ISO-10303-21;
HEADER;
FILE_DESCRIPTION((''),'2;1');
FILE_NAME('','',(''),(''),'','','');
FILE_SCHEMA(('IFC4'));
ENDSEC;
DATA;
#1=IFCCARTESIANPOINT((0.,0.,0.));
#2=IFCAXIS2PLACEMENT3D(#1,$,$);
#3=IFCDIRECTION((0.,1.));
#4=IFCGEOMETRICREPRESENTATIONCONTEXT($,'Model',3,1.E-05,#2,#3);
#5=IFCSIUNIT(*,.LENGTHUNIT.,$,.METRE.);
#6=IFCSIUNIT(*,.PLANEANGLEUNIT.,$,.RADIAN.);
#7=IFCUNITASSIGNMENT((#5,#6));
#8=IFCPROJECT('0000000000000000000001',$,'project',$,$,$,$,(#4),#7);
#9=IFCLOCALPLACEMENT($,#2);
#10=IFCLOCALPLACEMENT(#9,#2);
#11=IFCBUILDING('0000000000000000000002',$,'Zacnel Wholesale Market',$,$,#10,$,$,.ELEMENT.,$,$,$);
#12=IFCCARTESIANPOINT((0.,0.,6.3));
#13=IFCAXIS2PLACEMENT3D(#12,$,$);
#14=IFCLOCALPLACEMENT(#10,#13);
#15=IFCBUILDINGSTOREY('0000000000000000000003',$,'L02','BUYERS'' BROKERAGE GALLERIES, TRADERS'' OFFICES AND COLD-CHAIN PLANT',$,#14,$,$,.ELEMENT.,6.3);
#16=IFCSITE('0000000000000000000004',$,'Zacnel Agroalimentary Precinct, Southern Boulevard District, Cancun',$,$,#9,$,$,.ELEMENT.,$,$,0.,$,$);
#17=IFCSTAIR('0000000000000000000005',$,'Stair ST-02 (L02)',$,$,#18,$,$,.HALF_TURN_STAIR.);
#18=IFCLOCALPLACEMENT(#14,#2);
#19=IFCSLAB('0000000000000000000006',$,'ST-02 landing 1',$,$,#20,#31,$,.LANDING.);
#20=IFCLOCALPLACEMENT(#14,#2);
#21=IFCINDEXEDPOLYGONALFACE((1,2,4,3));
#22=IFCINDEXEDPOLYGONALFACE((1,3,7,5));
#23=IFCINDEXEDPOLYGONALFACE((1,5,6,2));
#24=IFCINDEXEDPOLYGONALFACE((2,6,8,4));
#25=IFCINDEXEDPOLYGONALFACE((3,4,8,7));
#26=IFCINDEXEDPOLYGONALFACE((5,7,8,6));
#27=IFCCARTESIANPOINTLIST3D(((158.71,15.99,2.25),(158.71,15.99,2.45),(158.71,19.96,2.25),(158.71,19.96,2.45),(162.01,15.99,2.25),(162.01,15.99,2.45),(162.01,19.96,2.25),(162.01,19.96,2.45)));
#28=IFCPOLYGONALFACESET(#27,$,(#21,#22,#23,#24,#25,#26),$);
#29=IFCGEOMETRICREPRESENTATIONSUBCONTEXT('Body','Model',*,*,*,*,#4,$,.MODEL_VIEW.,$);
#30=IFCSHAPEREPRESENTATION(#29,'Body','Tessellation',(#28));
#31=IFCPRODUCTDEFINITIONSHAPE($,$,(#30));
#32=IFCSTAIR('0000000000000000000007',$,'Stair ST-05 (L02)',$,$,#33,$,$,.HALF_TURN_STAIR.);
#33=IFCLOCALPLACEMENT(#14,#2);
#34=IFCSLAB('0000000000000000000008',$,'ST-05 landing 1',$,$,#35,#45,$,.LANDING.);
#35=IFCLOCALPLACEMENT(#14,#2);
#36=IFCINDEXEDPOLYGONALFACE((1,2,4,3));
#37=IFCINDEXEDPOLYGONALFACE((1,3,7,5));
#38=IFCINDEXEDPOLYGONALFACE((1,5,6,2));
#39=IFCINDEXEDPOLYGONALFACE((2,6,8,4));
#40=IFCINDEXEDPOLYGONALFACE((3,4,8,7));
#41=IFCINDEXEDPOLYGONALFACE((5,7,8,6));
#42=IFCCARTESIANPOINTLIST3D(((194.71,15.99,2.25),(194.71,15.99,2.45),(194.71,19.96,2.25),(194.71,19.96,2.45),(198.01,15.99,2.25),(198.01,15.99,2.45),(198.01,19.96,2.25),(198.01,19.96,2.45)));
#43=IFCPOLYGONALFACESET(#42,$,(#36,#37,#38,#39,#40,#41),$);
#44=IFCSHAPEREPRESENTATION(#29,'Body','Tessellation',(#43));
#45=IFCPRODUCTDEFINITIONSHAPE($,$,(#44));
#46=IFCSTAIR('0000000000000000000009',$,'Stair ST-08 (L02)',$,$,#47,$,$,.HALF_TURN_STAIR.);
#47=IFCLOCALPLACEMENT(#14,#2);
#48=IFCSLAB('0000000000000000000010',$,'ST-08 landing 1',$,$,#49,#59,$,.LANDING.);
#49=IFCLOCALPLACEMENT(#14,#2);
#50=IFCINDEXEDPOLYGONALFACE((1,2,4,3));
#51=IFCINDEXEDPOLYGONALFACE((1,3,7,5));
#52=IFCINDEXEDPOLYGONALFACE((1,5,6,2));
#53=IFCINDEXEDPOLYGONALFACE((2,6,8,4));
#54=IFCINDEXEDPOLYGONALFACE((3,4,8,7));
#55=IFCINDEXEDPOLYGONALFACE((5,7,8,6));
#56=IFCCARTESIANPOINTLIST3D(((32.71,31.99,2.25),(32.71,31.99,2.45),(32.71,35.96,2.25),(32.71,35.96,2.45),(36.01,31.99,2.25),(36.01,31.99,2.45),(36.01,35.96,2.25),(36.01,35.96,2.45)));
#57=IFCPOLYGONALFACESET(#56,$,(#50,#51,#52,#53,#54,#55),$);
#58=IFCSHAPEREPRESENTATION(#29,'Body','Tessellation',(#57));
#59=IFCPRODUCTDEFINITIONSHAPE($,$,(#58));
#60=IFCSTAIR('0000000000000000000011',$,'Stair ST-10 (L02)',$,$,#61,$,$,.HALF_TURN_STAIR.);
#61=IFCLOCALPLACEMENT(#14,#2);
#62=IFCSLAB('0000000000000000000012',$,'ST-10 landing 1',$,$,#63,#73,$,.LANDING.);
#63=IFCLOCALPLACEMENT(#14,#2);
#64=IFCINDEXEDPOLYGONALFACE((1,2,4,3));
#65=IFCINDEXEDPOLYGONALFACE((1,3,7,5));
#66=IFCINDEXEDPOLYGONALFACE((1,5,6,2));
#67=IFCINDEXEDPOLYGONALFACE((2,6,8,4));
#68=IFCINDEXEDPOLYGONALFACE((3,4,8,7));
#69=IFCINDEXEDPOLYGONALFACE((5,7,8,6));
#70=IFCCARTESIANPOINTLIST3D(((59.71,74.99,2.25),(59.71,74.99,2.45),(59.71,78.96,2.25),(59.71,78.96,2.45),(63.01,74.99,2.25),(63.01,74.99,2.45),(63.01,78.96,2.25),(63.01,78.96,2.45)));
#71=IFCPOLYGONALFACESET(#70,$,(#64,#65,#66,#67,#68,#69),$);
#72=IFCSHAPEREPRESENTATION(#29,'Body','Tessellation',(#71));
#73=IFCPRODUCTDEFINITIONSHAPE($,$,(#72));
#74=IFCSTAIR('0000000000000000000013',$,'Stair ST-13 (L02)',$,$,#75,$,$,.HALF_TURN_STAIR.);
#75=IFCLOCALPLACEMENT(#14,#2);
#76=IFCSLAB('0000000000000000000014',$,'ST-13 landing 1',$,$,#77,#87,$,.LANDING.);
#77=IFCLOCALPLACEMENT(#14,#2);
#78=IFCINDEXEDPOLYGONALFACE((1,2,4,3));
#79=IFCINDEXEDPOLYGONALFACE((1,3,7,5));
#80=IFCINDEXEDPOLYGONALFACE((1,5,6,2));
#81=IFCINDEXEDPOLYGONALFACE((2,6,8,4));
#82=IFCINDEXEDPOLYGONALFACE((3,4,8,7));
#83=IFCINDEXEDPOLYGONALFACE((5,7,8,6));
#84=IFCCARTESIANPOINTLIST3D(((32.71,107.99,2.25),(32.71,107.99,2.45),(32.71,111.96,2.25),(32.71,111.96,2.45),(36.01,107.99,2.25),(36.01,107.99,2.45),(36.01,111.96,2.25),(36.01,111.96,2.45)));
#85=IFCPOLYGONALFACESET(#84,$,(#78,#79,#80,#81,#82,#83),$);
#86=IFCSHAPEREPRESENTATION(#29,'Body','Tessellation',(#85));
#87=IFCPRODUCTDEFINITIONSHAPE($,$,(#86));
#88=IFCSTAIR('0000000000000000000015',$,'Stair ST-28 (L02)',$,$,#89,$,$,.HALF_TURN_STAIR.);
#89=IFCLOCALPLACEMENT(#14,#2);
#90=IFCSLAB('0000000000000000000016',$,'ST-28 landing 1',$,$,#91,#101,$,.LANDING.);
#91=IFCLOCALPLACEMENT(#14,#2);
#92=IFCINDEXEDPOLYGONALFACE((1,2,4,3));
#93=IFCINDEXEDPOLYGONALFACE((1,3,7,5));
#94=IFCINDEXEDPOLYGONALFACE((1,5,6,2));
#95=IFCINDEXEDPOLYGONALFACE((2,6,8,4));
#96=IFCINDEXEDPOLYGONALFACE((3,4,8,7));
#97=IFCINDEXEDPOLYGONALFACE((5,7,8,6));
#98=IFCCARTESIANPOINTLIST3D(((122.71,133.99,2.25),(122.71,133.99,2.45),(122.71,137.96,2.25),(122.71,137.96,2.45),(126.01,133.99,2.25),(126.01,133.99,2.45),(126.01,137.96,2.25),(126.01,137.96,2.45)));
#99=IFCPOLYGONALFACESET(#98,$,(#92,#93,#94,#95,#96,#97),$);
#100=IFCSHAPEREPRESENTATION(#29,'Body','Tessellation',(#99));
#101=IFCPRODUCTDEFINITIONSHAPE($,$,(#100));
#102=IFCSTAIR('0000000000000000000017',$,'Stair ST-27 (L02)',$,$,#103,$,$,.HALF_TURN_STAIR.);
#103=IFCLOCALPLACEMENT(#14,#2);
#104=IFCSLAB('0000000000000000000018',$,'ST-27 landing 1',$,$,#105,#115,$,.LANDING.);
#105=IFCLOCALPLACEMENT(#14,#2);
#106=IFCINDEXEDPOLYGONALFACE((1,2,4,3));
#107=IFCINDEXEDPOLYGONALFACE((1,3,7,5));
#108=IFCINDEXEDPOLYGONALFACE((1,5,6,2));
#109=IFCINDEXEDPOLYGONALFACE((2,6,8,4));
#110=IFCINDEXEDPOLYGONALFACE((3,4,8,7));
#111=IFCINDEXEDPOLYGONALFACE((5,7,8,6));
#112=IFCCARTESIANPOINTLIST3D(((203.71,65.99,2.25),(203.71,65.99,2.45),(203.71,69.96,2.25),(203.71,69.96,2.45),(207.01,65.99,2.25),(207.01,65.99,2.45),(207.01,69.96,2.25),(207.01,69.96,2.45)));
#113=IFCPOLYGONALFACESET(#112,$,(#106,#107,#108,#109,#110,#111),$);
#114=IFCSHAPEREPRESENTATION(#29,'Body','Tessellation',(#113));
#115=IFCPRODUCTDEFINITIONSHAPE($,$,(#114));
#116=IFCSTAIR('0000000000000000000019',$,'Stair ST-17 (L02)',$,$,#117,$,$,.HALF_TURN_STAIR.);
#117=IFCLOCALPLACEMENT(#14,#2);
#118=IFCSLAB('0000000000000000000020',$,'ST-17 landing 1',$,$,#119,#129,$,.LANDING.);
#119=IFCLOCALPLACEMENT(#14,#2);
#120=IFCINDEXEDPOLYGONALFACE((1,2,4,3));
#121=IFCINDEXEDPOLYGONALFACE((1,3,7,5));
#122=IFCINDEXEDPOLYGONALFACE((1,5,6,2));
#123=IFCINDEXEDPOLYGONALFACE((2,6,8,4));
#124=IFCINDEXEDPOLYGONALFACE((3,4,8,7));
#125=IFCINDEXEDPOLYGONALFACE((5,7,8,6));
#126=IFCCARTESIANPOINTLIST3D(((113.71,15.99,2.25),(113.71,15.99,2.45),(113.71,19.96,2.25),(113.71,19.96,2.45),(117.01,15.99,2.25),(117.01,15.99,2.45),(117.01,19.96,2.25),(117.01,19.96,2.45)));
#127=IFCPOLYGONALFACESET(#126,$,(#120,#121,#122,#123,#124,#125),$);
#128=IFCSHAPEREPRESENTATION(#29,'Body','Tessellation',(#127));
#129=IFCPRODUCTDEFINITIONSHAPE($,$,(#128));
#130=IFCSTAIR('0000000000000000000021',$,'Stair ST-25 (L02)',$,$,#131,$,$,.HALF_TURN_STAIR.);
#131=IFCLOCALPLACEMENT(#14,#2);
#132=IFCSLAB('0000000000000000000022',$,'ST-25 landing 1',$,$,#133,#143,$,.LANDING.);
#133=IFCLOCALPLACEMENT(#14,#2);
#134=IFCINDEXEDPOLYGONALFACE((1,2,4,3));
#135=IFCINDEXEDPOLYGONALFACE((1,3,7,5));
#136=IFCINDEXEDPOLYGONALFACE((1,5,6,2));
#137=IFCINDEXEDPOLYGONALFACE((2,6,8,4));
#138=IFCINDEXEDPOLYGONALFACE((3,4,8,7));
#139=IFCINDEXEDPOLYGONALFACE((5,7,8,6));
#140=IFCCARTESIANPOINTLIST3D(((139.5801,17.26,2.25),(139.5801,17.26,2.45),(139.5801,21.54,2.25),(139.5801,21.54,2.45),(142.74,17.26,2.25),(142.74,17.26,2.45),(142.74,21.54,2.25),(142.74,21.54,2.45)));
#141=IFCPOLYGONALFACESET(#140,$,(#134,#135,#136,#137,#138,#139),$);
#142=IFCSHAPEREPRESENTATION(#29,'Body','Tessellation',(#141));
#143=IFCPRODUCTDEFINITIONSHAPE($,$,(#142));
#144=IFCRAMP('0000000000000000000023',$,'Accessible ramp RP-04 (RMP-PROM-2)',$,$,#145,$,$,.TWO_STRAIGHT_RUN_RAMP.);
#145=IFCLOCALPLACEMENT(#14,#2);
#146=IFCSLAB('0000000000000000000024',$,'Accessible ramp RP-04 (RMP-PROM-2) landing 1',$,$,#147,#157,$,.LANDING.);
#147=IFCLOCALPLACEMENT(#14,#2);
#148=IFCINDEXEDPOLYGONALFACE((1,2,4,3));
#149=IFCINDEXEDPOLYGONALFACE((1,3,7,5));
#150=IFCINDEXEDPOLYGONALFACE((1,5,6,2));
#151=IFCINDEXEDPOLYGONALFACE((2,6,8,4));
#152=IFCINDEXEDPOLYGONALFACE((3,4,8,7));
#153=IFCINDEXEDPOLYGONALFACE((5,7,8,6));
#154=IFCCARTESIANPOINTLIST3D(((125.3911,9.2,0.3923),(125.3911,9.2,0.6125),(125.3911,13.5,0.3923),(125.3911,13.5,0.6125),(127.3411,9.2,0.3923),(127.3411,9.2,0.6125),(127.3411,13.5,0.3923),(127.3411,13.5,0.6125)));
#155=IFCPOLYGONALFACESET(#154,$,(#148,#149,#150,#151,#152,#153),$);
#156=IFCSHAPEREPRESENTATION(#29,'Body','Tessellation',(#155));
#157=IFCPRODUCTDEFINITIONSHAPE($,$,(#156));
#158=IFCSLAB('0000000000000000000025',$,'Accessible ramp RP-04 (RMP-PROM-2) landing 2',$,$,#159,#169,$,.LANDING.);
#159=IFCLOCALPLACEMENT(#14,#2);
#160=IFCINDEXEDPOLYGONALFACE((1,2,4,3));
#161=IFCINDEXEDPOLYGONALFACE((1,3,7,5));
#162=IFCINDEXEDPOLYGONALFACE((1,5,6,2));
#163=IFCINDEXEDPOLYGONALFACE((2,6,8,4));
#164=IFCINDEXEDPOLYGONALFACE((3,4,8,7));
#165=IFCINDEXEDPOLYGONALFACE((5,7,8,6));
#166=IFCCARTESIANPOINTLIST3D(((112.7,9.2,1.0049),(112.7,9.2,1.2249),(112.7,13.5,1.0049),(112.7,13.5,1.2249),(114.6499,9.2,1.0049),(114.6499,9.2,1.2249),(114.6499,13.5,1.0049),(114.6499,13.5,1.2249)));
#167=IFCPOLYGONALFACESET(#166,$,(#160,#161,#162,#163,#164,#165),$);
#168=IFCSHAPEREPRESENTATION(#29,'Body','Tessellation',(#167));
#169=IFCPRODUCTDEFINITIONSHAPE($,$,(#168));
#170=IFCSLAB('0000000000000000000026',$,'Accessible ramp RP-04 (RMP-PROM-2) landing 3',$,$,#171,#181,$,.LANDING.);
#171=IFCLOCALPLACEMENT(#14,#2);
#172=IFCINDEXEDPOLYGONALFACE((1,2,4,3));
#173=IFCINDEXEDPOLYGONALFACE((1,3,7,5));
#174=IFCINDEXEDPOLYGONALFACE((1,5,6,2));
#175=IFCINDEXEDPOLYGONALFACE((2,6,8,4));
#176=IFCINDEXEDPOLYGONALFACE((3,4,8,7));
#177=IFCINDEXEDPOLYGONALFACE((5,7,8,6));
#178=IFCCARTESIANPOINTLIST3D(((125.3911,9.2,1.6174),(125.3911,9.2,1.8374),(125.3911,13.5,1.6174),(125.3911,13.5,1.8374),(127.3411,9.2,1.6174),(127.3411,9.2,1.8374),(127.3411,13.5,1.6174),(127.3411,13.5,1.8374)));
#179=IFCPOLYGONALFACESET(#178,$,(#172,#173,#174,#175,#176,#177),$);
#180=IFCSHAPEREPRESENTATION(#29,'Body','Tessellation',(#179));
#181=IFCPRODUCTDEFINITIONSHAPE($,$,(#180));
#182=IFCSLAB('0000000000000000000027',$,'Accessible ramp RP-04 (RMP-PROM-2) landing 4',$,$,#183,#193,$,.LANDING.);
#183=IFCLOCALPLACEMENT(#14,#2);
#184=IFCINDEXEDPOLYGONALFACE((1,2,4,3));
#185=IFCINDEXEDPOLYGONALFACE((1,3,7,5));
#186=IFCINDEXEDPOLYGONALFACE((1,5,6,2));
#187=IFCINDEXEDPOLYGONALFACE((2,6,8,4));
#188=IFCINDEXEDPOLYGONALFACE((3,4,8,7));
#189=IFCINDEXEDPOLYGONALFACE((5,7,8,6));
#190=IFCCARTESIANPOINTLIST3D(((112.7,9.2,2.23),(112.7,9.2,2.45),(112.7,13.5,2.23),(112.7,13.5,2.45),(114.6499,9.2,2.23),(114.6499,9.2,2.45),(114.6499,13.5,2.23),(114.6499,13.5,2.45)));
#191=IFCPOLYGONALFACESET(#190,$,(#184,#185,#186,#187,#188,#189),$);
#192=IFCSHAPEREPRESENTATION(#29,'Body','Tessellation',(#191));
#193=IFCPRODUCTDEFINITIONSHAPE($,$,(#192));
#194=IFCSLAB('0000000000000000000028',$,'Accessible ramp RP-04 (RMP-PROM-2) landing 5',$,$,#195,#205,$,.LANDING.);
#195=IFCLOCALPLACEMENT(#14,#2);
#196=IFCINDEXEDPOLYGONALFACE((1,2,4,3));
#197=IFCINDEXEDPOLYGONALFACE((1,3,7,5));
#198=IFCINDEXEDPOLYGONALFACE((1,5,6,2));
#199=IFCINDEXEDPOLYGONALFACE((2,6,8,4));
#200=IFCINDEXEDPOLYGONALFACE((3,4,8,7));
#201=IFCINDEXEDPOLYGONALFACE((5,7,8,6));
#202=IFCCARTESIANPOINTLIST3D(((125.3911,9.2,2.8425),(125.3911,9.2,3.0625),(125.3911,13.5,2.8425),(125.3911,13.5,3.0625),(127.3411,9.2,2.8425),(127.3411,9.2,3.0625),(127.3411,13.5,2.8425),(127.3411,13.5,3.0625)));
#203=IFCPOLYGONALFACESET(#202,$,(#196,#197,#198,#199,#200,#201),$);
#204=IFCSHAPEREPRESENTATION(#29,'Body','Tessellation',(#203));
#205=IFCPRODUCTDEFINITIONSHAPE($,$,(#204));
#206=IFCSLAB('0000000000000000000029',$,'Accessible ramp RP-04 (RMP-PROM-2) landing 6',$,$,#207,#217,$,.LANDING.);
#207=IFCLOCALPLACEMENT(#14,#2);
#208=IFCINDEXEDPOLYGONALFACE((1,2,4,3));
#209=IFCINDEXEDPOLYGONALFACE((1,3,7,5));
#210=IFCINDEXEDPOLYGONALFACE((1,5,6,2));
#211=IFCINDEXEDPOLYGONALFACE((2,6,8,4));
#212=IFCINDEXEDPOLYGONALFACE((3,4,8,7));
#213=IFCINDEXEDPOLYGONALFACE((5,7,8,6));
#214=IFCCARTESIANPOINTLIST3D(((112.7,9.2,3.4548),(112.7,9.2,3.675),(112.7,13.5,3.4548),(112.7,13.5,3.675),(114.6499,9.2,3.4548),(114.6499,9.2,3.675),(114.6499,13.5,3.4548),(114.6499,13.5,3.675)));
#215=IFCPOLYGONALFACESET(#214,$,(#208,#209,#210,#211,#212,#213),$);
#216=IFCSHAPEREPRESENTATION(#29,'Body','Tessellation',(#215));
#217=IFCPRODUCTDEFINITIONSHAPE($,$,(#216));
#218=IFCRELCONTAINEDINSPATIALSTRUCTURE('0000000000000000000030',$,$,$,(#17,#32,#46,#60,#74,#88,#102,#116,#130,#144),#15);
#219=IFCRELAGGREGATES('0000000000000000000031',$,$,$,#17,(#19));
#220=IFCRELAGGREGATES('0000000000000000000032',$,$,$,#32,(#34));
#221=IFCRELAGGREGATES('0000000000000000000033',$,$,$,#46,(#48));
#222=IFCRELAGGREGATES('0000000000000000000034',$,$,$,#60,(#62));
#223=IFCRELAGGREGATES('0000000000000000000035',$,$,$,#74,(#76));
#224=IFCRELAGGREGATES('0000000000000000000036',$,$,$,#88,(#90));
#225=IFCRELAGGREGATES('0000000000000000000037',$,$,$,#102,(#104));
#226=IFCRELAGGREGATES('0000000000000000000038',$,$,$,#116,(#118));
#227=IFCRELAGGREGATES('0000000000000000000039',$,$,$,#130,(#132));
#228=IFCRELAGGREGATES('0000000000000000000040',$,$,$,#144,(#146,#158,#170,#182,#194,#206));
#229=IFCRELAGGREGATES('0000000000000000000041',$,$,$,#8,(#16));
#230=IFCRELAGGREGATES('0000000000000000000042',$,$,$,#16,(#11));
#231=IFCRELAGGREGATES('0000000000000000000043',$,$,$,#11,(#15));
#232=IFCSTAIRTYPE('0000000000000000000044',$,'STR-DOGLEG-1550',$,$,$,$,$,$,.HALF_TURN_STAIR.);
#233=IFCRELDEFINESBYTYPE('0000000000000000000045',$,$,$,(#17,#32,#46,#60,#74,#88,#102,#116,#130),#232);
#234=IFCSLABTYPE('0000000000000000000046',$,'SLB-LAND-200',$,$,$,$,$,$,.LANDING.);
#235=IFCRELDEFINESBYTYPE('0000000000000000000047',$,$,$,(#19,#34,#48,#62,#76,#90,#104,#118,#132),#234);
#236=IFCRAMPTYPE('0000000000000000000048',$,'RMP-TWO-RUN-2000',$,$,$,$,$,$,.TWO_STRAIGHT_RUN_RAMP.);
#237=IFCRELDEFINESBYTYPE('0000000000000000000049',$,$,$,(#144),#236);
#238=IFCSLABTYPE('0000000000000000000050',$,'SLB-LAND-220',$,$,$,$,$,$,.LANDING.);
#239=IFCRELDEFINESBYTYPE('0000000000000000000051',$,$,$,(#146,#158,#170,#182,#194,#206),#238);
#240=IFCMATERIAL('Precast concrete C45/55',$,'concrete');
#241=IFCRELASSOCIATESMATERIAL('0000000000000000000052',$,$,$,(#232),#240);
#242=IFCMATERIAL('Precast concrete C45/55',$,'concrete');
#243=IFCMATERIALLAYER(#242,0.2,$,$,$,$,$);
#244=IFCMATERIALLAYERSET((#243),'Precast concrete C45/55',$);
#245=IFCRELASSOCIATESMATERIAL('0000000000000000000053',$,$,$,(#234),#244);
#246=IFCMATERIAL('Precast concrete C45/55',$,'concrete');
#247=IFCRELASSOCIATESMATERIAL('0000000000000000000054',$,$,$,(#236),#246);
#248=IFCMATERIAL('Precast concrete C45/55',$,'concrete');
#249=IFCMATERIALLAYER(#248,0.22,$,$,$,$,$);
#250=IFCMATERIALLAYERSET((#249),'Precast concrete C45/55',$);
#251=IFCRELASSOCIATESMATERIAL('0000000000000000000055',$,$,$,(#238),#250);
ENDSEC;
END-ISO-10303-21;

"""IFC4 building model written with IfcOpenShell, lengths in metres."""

from ifc_helpers import new_model, si_unit, direction, frame, origin, place, context, subcontext, project, spatial, polyline, outline, extrude, material, layer, layer_set, type_object, element, aggregate, save


model = new_model("IFC4")

# Units and contexts
model_context = context("Model", 3, precision=1e-05, world=origin(), true_north=direction((0.0, 1.0)))
body_context = subcontext(model_context, "Body", "Model", "MODEL_VIEW")
ifc_project = project(units=[si_unit("LENGTHUNIT", "METRE"), si_unit("PLANEANGLEUNIT", "RADIAN")], contexts=[model_context])

# Site, building, storey
site_placement = place(None, origin())
site = spatial("IfcSite", under=ifc_project, at=site_placement, Name="Zacnel Agroalimentary Precinct, Southern Boulevard District, Cancun", CompositionType="ELEMENT", RefElevation=0.0)
building_placement = place(site_placement, origin())
building = spatial("IfcBuilding", under=site, at=building_placement, Name="Zacnel Wholesale Market", CompositionType="ELEMENT")
storey_placement = place(building_placement, frame((0.0, 0.0, 6.3)))
storey = spatial("IfcBuildingStorey", under=building, at=storey_placement, Name="L02", Description="BUYERS' BROKERAGE GALLERIES, TRADERS' OFFICES AND COLD-CHAIN PLANT", CompositionType="ELEMENT", Elevation=6.3)

# Stairs, slabs
ifc_material_1 = material(Name="Precast concrete C45/55", Category="concrete")
stair_type = type_object("IfcStairType", Name="STR-DOGLEG-1550", PredefinedType="HALF_TURN_STAIR", material=ifc_material_1)
stair_1_placement = place(storey_placement, origin())
stair_1 = element("IfcStair", 1, at=stair_1_placement, inside=storey, type_object=stair_type, Name="Stair ST-02 (L02)", PredefinedType="HALF_TURN_STAIR")
ifc_material_2 = material(Name="Precast concrete C45/55", Category="concrete")
ifc_layer_1 = layer(ifc_material_2, 0.2)
ifc_layer_set_1 = layer_set([ifc_layer_1], Name="Precast concrete C45/55")
slab_type_1 = type_object("IfcSlabType", Name="SLB-LAND-200", PredefinedType="LANDING", material=ifc_layer_set_1)
slab_1_placement = place(storey_placement, frame((0.0, 0.0, 2.25)))
slab_1 = element("IfcSlab", 2, at=slab_1_placement, type_object=slab_type_1, Name="ST-02 landing 1", PredefinedType="LANDING", context=body_context, shape_type="SweptSolid", body=[
    extrude(outline(polyline([(158.71, 15.99), (162.01, 15.99), (162.01, 19.96), (158.71, 19.96), (158.71, 15.99)])), origin(), (0.0, 0.0, 1.0), 0.2),
])
aggregate(stair_1, [slab_1])
stair_2_placement = place(storey_placement, origin())
stair_2 = element("IfcStair", 3, at=stair_2_placement, inside=storey, type_object=stair_type, Name="Stair ST-05 (L02)", PredefinedType="HALF_TURN_STAIR")
slab_2_placement = place(storey_placement, frame((0.0, 0.0, 2.25)))
slab_2 = element("IfcSlab", 4, at=slab_2_placement, type_object=slab_type_1, Name="ST-05 landing 1", PredefinedType="LANDING", context=body_context, shape_type="SweptSolid", body=[
    extrude(outline(polyline([(194.71, 15.99), (198.01, 15.99), (198.01, 19.96), (194.71, 19.96), (194.71, 15.99)])), origin(), (0.0, 0.0, 1.0), 0.2),
])
aggregate(stair_2, [slab_2])
stair_3_placement = place(storey_placement, origin())
stair_3 = element("IfcStair", 5, at=stair_3_placement, inside=storey, type_object=stair_type, Name="Stair ST-08 (L02)", PredefinedType="HALF_TURN_STAIR")
slab_3_placement = place(storey_placement, frame((0.0, 0.0, 2.25)))
slab_3 = element("IfcSlab", 6, at=slab_3_placement, type_object=slab_type_1, Name="ST-08 landing 1", PredefinedType="LANDING", context=body_context, shape_type="SweptSolid", body=[
    extrude(outline(polyline([(32.71, 31.99), (36.01, 31.99), (36.01, 35.96), (32.71, 35.96), (32.71, 31.99)])), origin(), (0.0, 0.0, 1.0), 0.2),
])
aggregate(stair_3, [slab_3])
stair_4_placement = place(storey_placement, origin())
stair_4 = element("IfcStair", 7, at=stair_4_placement, inside=storey, type_object=stair_type, Name="Stair ST-10 (L02)", PredefinedType="HALF_TURN_STAIR")
slab_4_placement = place(storey_placement, frame((0.0, 0.0, 2.25)))
slab_4 = element("IfcSlab", 8, at=slab_4_placement, type_object=slab_type_1, Name="ST-10 landing 1", PredefinedType="LANDING", context=body_context, shape_type="SweptSolid", body=[
    extrude(outline(polyline([(59.71, 74.99), (63.01, 74.99), (63.01, 78.96), (59.71, 78.96), (59.71, 74.99)])), origin(), (0.0, 0.0, 1.0), 0.2),
])
aggregate(stair_4, [slab_4])
stair_5_placement = place(storey_placement, origin())
stair_5 = element("IfcStair", 9, at=stair_5_placement, inside=storey, type_object=stair_type, Name="Stair ST-13 (L02)", PredefinedType="HALF_TURN_STAIR")
slab_5_placement = place(storey_placement, frame((0.0, 0.0, 2.25)))
slab_5 = element("IfcSlab", 10, at=slab_5_placement, type_object=slab_type_1, Name="ST-13 landing 1", PredefinedType="LANDING", context=body_context, shape_type="SweptSolid", body=[
    extrude(outline(polyline([(32.71, 107.99), (36.01, 107.99), (36.01, 111.96), (32.71, 111.96), (32.71, 107.99)])), origin(), (0.0, 0.0, 1.0), 0.2),
])
aggregate(stair_5, [slab_5])
stair_6_placement = place(storey_placement, origin())
stair_6 = element("IfcStair", 11, at=stair_6_placement, inside=storey, type_object=stair_type, Name="Stair ST-28 (L02)", PredefinedType="HALF_TURN_STAIR")
slab_6_placement = place(storey_placement, frame((0.0, 0.0, 2.25)))
slab_6 = element("IfcSlab", 12, at=slab_6_placement, type_object=slab_type_1, Name="ST-28 landing 1", PredefinedType="LANDING", context=body_context, shape_type="SweptSolid", body=[
    extrude(outline(polyline([(122.71, 133.99), (126.01, 133.99), (126.01, 137.96), (122.71, 137.96), (122.71, 133.99)])), origin(), (0.0, 0.0, 1.0), 0.2),
])
aggregate(stair_6, [slab_6])
stair_7_placement = place(storey_placement, origin())
stair_7 = element("IfcStair", 13, at=stair_7_placement, inside=storey, type_object=stair_type, Name="Stair ST-27 (L02)", PredefinedType="HALF_TURN_STAIR")
slab_7_placement = place(storey_placement, frame((0.0, 0.0, 2.25)))
slab_7 = element("IfcSlab", 14, at=slab_7_placement, type_object=slab_type_1, Name="ST-27 landing 1", PredefinedType="LANDING", context=body_context, shape_type="SweptSolid", body=[
    extrude(outline(polyline([(203.71, 65.99), (207.01, 65.99), (207.01, 69.96), (203.71, 69.96), (203.71, 65.99)])), origin(), (0.0, 0.0, 1.0), 0.2),
])
aggregate(stair_7, [slab_7])
stair_8_placement = place(storey_placement, origin())
stair_8 = element("IfcStair", 15, at=stair_8_placement, inside=storey, type_object=stair_type, Name="Stair ST-17 (L02)", PredefinedType="HALF_TURN_STAIR")
slab_8_placement = place(storey_placement, frame((0.0, 0.0, 2.25)))
slab_8 = element("IfcSlab", 16, at=slab_8_placement, type_object=slab_type_1, Name="ST-17 landing 1", PredefinedType="LANDING", context=body_context, shape_type="SweptSolid", body=[
    extrude(outline(polyline([(113.71, 15.99), (117.01, 15.99), (117.01, 19.96), (113.71, 19.96), (113.71, 15.99)])), origin(), (0.0, 0.0, 1.0), 0.2),
])
aggregate(stair_8, [slab_8])
stair_9_placement = place(storey_placement, origin())
stair_9 = element("IfcStair", 17, at=stair_9_placement, inside=storey, type_object=stair_type, Name="Stair ST-25 (L02)", PredefinedType="HALF_TURN_STAIR")
slab_9_placement = place(storey_placement, frame((0.0, 0.0, 2.25)))
slab_9 = element("IfcSlab", 18, at=slab_9_placement, type_object=slab_type_1, Name="ST-25 landing 1", PredefinedType="LANDING", context=body_context, shape_type="SweptSolid", body=[
    extrude(outline(polyline([(139.5801, 17.26), (142.74, 17.26), (142.74, 21.54), (139.5801, 21.54), (139.5801, 17.26)])), origin(), (0.0, 0.0, 1.0), 0.2),
])
aggregate(stair_9, [slab_9])

# Ramp, slabs
ifc_material_3 = material(Name="Precast concrete C45/55", Category="concrete")
ramp_type = type_object("IfcRampType", Name="RMP-TWO-RUN-2000", PredefinedType="TWO_STRAIGHT_RUN_RAMP", material=ifc_material_3)
ramp_placement = place(storey_placement, origin())
ramp = element("IfcRamp", 19, at=ramp_placement, inside=storey, type_object=ramp_type, Name="Accessible ramp RP-04 (RMP-PROM-2)", PredefinedType="TWO_STRAIGHT_RUN_RAMP")
ifc_material_4 = material(Name="Precast concrete C45/55", Category="concrete")
ifc_layer_2 = layer(ifc_material_4, 0.22)
ifc_layer_set_2 = layer_set([ifc_layer_2], Name="Precast concrete C45/55")
slab_type_2 = type_object("IfcSlabType", Name="SLB-LAND-220", PredefinedType="LANDING", material=ifc_layer_set_2)
slab_10_placement = place(storey_placement, frame((0.0, 0.0, 0.3923)))
slab_10 = element("IfcSlab", 20, at=slab_10_placement, type_object=slab_type_2, Name="Accessible ramp RP-04 (RMP-PROM-2) landing 1", PredefinedType="LANDING", context=body_context, shape_type="SweptSolid", body=[
    extrude(outline(polyline([(125.3911, 9.2), (127.3411, 9.2), (127.3411, 13.5), (125.3911, 13.5), (125.3911, 9.2)])), origin(), (0.0, 0.0, 1.0), 0.2202),
])
slab_11_placement = place(storey_placement, frame((0.0, 0.0, 1.0049)))
slab_11 = element("IfcSlab", 21, at=slab_11_placement, type_object=slab_type_2, Name="Accessible ramp RP-04 (RMP-PROM-2) landing 2", PredefinedType="LANDING", context=body_context, shape_type="SweptSolid", body=[
    extrude(outline(polyline([(112.7, 9.2), (114.6499, 9.2), (114.6499, 13.5), (112.7, 13.5), (112.7, 9.2)])), origin(), (0.0, 0.0, 1.0), 0.22),
])
slab_12_placement = place(storey_placement, frame((0.0, 0.0, 1.6174)))
slab_12 = element("IfcSlab", 22, at=slab_12_placement, type_object=slab_type_2, Name="Accessible ramp RP-04 (RMP-PROM-2) landing 3", PredefinedType="LANDING", context=body_context, shape_type="SweptSolid", body=[
    extrude(outline(polyline([(125.3911, 9.2), (127.3411, 9.2), (127.3411, 13.5), (125.3911, 13.5), (125.3911, 9.2)])), origin(), (0.0, 0.0, 1.0), 0.22),
])
slab_13_placement = place(storey_placement, frame((0.0, 0.0, 2.23)))
slab_13 = element("IfcSlab", 23, at=slab_13_placement, type_object=slab_type_2, Name="Accessible ramp RP-04 (RMP-PROM-2) landing 4", PredefinedType="LANDING", context=body_context, shape_type="SweptSolid", body=[
    extrude(outline(polyline([(112.7, 9.2), (114.6499, 9.2), (114.6499, 13.5), (112.7, 13.5), (112.7, 9.2)])), origin(), (0.0, 0.0, 1.0), 0.22),
])
slab_14_placement = place(storey_placement, frame((0.0, 0.0, 2.8425)))
slab_14 = element("IfcSlab", 24, at=slab_14_placement, type_object=slab_type_2, Name="Accessible ramp RP-04 (RMP-PROM-2) landing 5", PredefinedType="LANDING", context=body_context, shape_type="SweptSolid", body=[
    extrude(outline(polyline([(125.3911, 9.2), (127.3411, 9.2), (127.3411, 13.5), (125.3911, 13.5), (125.3911, 9.2)])), origin(), (0.0, 0.0, 1.0), 0.22),
])
slab_15_placement = place(storey_placement, frame((0.0, 0.0, 3.4548)))
slab_15 = element("IfcSlab", 25, at=slab_15_placement, type_object=slab_type_2, Name="Accessible ramp RP-04 (RMP-PROM-2) landing 6", PredefinedType="LANDING", context=body_context, shape_type="SweptSolid", body=[
    extrude(outline(polyline([(112.7, 9.2), (114.6499, 9.2), (114.6499, 13.5), (112.7, 13.5), (112.7, 9.2)])), origin(), (0.0, 0.0, 1.0), 0.2202),
])
aggregate(ramp, [slab_10, slab_11, slab_12, slab_13, slab_14, slab_15])

save(model, "model.ifc")
